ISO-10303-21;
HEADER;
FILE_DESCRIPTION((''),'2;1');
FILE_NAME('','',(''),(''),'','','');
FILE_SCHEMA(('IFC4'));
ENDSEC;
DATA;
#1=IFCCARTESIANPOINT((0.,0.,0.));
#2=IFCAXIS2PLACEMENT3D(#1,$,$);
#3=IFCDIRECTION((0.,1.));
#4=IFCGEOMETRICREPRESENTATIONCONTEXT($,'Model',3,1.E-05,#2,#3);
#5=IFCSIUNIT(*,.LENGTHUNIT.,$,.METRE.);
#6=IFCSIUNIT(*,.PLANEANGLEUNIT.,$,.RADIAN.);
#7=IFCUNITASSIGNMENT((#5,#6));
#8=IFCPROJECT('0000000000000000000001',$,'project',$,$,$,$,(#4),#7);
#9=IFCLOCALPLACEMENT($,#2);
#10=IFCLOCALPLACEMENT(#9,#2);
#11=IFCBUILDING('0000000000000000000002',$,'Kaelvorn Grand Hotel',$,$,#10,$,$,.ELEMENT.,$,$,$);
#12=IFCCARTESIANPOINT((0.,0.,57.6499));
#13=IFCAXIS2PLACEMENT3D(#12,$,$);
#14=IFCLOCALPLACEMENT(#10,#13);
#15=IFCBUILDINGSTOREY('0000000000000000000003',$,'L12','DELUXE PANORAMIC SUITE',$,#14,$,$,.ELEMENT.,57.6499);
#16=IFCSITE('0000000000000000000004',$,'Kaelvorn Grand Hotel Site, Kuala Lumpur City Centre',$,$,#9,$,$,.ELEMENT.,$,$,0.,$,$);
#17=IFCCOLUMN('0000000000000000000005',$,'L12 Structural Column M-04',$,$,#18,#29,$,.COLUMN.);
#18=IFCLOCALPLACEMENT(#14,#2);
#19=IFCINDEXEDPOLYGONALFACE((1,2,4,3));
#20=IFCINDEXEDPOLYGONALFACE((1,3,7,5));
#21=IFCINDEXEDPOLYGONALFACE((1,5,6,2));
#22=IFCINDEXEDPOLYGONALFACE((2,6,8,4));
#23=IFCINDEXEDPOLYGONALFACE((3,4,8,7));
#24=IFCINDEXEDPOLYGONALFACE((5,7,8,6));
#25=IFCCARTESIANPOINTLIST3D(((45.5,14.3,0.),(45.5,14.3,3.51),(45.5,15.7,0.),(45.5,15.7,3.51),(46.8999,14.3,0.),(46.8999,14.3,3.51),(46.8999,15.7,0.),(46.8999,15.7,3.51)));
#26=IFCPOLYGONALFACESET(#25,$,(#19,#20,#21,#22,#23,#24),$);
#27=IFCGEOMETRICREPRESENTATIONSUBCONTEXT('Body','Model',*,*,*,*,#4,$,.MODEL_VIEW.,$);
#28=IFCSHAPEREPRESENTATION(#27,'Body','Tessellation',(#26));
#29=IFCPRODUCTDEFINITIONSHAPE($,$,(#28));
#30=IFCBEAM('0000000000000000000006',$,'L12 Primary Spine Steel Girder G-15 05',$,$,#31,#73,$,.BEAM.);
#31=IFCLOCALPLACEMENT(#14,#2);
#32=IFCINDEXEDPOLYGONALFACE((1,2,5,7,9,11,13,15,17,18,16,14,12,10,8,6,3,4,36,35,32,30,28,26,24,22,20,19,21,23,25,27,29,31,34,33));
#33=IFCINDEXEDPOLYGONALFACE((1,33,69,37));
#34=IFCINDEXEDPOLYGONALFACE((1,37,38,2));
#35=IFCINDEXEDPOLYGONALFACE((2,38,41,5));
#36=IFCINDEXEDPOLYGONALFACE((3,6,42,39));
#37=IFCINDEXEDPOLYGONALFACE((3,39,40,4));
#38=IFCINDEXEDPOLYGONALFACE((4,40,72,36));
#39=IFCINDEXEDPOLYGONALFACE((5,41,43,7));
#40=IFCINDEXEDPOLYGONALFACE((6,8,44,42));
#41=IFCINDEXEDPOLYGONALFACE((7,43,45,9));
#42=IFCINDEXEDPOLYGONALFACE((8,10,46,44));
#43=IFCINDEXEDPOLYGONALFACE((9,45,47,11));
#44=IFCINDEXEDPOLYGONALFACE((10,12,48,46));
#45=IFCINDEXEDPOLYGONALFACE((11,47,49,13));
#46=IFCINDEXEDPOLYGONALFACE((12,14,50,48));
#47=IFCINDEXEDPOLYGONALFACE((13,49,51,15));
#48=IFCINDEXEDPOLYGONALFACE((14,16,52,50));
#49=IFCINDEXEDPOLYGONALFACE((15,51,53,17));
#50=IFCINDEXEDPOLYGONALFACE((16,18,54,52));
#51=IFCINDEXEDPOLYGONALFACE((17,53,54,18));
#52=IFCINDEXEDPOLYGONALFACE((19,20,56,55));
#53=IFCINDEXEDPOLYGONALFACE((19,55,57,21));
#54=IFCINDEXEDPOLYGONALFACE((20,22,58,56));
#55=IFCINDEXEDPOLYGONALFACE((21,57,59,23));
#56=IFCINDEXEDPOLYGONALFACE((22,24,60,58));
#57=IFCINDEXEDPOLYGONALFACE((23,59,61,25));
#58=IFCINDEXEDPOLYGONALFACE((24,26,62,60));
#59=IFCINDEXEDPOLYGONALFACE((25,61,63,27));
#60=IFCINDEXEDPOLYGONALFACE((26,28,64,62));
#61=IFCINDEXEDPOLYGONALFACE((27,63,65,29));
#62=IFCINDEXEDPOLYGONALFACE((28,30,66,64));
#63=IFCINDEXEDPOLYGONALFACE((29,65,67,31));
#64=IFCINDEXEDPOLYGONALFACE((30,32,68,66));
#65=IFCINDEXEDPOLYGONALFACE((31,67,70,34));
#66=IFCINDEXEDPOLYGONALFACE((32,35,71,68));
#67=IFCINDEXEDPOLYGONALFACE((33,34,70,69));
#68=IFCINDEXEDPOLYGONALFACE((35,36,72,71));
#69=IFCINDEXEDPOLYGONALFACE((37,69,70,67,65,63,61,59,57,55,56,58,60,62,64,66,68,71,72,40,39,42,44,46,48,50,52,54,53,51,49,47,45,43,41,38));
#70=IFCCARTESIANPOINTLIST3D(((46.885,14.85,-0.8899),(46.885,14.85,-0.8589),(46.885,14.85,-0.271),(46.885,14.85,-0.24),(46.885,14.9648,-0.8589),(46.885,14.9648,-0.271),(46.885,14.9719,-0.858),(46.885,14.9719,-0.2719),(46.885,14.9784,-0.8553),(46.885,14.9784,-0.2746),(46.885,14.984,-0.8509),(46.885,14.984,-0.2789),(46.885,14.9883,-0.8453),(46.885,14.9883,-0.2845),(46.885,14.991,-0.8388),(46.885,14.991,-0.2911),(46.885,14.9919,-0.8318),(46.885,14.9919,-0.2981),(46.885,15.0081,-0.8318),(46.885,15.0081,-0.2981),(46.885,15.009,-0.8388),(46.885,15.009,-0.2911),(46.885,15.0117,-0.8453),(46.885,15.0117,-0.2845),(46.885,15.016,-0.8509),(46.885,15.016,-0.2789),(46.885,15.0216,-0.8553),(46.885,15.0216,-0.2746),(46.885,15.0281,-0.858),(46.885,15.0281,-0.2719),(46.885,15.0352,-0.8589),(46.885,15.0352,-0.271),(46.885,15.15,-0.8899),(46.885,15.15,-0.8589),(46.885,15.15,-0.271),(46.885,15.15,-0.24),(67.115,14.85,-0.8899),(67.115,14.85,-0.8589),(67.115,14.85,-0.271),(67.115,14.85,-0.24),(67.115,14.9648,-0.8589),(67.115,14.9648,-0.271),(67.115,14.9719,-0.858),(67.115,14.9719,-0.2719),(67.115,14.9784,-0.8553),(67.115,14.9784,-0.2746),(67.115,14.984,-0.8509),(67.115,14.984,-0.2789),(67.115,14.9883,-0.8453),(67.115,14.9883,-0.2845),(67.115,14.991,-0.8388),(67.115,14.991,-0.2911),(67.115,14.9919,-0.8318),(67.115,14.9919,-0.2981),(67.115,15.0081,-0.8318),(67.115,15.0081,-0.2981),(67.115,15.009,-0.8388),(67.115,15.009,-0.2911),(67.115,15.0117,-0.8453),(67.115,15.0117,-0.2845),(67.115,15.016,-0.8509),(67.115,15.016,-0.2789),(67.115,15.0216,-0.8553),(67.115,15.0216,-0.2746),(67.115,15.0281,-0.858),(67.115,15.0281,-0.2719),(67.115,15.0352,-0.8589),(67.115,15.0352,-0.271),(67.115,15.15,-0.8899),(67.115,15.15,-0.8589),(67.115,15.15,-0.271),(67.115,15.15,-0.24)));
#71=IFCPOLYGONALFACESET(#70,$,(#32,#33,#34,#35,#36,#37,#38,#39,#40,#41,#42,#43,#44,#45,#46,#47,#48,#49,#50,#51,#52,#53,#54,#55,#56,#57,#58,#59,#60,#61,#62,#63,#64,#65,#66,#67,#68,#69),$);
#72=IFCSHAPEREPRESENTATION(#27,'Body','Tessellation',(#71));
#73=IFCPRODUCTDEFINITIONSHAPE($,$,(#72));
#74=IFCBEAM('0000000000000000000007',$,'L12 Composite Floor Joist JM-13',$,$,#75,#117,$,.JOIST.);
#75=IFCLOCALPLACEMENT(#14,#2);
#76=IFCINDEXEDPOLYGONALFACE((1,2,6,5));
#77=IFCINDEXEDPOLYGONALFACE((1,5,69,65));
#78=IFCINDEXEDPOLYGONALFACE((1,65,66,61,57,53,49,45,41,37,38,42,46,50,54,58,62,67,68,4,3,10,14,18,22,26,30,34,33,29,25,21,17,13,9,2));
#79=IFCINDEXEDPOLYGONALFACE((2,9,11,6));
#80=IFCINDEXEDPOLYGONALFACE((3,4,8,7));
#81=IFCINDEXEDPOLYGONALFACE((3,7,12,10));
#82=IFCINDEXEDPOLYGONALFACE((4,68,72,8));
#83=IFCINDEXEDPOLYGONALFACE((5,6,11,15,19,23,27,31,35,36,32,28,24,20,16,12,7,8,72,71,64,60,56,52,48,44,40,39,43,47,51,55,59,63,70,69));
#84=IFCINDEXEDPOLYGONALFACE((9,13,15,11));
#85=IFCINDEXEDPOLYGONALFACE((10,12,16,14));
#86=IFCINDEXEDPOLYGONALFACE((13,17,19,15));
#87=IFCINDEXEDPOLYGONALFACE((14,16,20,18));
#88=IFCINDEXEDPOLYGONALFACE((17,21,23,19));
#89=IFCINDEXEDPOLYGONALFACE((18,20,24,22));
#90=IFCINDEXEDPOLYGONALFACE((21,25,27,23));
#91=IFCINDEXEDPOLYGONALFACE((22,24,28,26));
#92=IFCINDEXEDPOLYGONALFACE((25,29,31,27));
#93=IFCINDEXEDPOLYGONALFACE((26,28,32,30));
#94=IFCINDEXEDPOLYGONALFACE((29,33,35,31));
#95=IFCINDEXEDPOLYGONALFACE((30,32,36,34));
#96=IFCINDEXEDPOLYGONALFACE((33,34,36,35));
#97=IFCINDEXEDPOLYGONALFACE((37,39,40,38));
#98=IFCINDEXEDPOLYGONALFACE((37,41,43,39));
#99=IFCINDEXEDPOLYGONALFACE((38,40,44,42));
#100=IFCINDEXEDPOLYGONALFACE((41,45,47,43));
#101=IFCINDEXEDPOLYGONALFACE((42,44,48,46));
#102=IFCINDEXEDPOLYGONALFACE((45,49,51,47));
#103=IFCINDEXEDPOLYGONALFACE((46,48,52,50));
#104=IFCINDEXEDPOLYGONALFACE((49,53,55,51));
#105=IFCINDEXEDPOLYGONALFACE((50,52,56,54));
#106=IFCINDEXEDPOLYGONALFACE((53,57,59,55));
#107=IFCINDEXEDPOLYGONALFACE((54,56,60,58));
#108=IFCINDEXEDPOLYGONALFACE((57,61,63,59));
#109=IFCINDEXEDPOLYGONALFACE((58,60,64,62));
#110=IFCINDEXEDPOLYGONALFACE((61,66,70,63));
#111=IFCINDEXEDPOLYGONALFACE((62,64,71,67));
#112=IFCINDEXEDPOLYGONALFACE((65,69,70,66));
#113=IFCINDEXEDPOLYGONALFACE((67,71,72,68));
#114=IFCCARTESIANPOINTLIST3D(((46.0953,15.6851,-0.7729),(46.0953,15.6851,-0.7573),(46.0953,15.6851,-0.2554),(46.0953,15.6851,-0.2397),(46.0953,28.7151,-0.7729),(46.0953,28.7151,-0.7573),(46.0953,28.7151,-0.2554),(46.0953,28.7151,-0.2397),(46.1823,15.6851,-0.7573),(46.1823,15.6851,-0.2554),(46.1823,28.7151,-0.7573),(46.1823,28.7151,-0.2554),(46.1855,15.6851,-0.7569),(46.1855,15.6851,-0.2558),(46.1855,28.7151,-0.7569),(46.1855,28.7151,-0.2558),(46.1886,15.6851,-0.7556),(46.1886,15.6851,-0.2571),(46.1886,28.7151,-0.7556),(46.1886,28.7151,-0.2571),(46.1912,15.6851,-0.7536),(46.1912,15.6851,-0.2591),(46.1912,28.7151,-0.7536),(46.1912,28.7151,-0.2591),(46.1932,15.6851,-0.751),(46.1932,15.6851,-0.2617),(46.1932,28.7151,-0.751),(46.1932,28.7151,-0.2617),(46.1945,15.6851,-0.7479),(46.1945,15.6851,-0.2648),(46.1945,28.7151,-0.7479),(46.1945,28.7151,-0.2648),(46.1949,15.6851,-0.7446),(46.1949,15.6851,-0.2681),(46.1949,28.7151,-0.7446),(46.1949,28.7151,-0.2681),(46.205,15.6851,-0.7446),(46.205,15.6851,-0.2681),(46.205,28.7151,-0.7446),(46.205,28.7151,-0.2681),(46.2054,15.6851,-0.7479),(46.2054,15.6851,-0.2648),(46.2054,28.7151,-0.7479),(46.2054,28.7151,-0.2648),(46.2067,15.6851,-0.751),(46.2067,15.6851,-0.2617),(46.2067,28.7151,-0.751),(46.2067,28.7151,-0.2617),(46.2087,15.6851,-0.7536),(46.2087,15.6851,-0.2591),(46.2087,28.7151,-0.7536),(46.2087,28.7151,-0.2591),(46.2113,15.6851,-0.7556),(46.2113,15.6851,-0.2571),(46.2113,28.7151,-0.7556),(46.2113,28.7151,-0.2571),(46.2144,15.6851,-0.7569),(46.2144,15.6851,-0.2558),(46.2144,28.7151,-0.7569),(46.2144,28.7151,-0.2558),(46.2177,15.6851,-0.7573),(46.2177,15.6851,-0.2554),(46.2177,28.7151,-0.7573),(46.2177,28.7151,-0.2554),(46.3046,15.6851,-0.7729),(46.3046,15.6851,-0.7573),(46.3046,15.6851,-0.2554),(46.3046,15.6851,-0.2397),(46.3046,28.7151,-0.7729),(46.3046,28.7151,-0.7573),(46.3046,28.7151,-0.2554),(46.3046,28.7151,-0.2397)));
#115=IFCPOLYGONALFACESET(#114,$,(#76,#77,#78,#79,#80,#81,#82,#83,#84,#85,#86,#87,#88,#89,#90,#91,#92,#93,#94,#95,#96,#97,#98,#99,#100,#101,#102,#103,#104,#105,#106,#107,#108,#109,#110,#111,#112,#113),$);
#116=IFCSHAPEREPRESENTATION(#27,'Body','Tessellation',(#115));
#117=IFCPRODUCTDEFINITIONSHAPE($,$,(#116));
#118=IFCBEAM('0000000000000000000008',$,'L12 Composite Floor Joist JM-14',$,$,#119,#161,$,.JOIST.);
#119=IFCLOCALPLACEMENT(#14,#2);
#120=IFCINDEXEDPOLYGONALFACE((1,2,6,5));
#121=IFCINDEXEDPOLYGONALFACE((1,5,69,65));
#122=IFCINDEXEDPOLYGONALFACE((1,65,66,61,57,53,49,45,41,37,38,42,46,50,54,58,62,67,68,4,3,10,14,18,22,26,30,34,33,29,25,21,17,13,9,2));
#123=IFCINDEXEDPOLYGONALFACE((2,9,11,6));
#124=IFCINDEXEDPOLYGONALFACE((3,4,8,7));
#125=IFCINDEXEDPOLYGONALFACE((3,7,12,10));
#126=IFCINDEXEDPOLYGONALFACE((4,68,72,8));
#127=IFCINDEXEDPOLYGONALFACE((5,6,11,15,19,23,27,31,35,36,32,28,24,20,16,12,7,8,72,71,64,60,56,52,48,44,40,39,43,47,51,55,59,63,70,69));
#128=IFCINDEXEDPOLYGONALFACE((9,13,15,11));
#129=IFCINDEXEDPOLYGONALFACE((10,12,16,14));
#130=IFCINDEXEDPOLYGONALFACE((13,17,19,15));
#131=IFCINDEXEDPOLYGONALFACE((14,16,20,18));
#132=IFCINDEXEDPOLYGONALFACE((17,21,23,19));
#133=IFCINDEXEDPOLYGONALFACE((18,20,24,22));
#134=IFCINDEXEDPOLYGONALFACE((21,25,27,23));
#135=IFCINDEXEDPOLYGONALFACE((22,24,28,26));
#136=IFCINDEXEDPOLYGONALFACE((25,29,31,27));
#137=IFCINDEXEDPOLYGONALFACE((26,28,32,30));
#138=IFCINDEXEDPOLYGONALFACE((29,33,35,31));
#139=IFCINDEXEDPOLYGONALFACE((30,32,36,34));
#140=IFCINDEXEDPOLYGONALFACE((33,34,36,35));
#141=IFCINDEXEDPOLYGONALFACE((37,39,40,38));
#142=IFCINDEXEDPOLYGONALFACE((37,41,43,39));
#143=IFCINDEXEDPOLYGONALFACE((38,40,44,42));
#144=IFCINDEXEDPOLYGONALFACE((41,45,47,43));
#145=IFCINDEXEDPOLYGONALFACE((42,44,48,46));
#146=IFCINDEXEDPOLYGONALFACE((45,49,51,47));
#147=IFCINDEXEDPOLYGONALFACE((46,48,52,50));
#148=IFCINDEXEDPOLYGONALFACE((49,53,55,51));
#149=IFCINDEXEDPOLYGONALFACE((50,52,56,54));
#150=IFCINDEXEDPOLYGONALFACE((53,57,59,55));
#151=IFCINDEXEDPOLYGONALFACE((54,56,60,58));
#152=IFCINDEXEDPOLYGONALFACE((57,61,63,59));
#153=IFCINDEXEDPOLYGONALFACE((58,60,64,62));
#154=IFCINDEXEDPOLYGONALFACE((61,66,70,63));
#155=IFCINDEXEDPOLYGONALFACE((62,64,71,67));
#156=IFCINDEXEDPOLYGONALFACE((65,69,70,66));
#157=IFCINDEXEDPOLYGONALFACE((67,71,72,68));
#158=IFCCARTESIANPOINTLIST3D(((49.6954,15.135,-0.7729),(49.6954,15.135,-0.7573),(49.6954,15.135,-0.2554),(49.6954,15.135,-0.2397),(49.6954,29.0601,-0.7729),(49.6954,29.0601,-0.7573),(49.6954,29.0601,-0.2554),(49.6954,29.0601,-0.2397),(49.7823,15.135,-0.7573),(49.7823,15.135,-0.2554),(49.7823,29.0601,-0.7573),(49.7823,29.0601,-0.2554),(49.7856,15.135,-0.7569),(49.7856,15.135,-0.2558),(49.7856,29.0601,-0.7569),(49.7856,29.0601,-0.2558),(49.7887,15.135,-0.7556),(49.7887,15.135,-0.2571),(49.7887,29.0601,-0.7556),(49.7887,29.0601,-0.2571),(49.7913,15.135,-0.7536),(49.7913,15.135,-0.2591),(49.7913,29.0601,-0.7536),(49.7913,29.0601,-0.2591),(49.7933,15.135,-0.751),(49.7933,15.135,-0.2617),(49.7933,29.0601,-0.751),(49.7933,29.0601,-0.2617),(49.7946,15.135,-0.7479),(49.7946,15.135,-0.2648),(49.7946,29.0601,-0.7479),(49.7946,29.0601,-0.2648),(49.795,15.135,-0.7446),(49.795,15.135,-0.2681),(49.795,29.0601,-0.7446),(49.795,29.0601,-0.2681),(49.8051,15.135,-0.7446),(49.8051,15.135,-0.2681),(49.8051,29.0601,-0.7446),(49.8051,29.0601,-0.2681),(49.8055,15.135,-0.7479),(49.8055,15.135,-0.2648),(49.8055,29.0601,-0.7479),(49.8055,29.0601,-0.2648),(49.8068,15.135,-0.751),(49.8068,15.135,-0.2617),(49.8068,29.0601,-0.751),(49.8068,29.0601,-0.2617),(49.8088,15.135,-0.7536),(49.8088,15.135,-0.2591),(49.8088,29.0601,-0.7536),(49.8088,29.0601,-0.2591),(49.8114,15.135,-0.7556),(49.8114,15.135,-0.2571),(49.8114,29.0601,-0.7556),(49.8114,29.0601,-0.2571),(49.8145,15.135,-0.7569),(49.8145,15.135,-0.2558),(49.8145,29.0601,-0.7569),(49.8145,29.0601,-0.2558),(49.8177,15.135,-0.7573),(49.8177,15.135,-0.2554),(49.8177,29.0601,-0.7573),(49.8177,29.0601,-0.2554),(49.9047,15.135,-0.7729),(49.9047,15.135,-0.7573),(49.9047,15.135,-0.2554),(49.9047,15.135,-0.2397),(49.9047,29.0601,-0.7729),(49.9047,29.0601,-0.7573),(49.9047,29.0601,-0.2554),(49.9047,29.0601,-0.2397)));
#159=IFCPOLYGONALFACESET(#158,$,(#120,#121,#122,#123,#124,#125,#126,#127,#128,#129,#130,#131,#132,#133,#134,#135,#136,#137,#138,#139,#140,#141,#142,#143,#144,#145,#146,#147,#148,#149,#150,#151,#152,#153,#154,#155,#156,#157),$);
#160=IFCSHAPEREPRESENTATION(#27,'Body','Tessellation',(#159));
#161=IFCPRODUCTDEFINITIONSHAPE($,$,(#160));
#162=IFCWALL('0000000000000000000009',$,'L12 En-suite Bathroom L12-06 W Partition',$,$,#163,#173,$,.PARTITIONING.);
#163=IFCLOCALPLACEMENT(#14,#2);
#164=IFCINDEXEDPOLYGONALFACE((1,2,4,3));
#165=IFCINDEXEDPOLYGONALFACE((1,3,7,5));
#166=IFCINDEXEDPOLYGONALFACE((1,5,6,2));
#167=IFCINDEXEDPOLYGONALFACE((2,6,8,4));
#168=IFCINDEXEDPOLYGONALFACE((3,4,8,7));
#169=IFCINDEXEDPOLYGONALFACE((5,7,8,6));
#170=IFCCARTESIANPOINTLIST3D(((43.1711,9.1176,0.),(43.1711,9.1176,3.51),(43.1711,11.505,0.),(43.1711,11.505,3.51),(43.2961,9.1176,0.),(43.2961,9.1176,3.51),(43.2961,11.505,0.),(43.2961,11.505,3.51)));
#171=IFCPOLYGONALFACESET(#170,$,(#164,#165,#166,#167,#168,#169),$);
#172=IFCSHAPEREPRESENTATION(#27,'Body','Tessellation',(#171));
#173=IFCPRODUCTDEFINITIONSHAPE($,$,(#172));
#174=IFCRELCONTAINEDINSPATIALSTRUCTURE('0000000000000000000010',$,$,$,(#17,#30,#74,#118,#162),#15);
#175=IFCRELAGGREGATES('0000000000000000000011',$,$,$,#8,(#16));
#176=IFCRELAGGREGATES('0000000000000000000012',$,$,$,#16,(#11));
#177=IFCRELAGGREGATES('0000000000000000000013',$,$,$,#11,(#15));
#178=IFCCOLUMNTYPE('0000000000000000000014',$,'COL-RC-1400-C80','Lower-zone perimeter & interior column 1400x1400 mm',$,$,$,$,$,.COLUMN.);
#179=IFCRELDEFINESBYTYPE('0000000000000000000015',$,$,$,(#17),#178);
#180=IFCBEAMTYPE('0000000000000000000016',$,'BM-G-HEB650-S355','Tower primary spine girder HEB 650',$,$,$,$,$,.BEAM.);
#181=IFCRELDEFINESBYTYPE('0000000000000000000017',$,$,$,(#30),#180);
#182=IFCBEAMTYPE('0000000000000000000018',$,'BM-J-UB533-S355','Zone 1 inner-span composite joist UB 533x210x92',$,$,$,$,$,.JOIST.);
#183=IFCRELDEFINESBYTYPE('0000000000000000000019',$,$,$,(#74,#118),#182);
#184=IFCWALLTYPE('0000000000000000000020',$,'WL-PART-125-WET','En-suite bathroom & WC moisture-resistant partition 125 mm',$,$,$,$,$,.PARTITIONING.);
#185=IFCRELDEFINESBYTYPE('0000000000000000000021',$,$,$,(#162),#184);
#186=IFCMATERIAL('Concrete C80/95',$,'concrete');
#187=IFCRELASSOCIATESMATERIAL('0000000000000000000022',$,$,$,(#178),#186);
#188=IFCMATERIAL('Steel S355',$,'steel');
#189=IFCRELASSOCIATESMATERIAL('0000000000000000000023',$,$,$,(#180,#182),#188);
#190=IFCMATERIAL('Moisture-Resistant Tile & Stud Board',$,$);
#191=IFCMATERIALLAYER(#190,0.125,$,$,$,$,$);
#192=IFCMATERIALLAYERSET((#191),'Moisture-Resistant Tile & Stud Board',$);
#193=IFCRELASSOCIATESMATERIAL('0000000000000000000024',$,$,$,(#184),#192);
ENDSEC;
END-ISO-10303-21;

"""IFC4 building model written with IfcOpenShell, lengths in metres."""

from ifc_helpers import new_model, si_unit, direction, frame, frame_2d, origin, origin_2d, place, context, subcontext, project, spatial, rectangle, i_section, extrude, material, layer, layer_set, material_profile, profile_set, type_object, element, save


model = new_model("IFC4")

# Units and contexts
model_context = context("Model", 3, precision=1e-05, world=origin(), true_north=direction((0.0, 1.0)))
body_context = subcontext(model_context, "Body", "Model", "MODEL_VIEW")
ifc_project = project(units=[si_unit("LENGTHUNIT", "METRE"), si_unit("PLANEANGLEUNIT", "RADIAN")], contexts=[model_context])

# Site, building, storey
site_placement = place(None, origin())
site = spatial("IfcSite", under=ifc_project, at=site_placement, Name="Kaelvorn Grand Hotel Site, Kuala Lumpur City Centre", CompositionType="ELEMENT", RefElevation=0.0)
building_placement = place(site_placement, origin())
building = spatial("IfcBuilding", under=site, at=building_placement, Name="Kaelvorn Grand Hotel", CompositionType="ELEMENT")
storey_placement = place(building_placement, frame((0.0, 0.0, 57.6499)))
storey = spatial("IfcBuildingStorey", under=building, at=storey_placement, Name="L12", Description="DELUXE PANORAMIC SUITE", CompositionType="ELEMENT", Elevation=57.6499)

# Column
ifc_material_1 = material(Name="Concrete C80/95", Category="concrete")
ifc_material_profile_1 = material_profile(ifc_material_1, rectangle(XDim=1.3999, YDim=1.3999, at=origin_2d()), Name="RC COL 1400x1400")
ifc_profile_set_1 = profile_set([ifc_material_profile_1], Name="Concrete C80/95")
column_type = type_object("IfcColumnType", Name="COL-RC-1400-C80", Description="Lower-zone perimeter & interior column 1400x1400 mm", PredefinedType="COLUMN", material=ifc_profile_set_1)
column_placement = place(storey_placement, frame((46.2, 15.0, 0.0), z_axis=(0.0, 0.0, 1.0), x_axis=(1.0, 0.0, 0.0)))
element("IfcColumn", 1, at=column_placement, inside=storey, type_object=column_type, Name="L12 Structural Column M-04", PredefinedType="COLUMN", context=body_context, shape_type="SweptSolid", body=[
    extrude(rectangle(XDim=1.3999, YDim=1.3999, at=origin_2d()), origin(), (0.0, 0.0, 1.0), 3.51),
])

# Beams
ifc_material_2 = material(Name="Steel S355", Category="steel")
ifc_material_profile_2 = material_profile(ifc_material_2, i_section(OverallWidth=0.3, OverallDepth=0.6499, WebThickness=0.0161, FlangeThickness=0.031, FilletRadius=0.0271, at=origin_2d()), Name="HEB 650")
ifc_profile_set_2 = profile_set([ifc_material_profile_2], Name="Steel S355")
beam_type_1 = type_object("IfcBeamType", Name="BM-G-HEB650-S355", Description="Tower primary spine girder HEB 650", PredefinedType="BEAM", material=ifc_profile_set_2)
beam_1_placement = place(storey_placement, frame((46.885, 15.0, -0.5649), z_axis=(1.0, 0.0, 0.0), x_axis=(0.0, 1.0, 0.0)))
element("IfcBeam", 2, at=beam_1_placement, inside=storey, type_object=beam_type_1, Name="L12 Primary Spine Steel Girder G-15 05", PredefinedType="BEAM", context=body_context, shape_type="SweptSolid", body=[
    extrude(i_section(OverallWidth=0.3, OverallDepth=0.6499, WebThickness=0.0161, FlangeThickness=0.031, FilletRadius=0.0271, at=origin_2d()), origin(), (0.0, 0.0, 1.0), 20.23),
])
ifc_material_profile_3 = material_profile(ifc_material_2, i_section(OverallWidth=0.2092, OverallDepth=0.5332, WebThickness=0.01, FlangeThickness=0.0156, FilletRadius=0.0127, at=origin_2d()), Name="UB 533x210x92")
ifc_profile_set_3 = profile_set([ifc_material_profile_3], Name="Steel S355")
beam_type_2 = type_object("IfcBeamType", Name="BM-J-UB533-S355", Description="Zone 1 inner-span composite joist UB 533x210x92", PredefinedType="JOIST", material=ifc_profile_set_3)
beam_2_placement = place(storey_placement, frame((46.2, 15.6851, -0.5063), z_axis=(0.0, 1.0, 0.0), x_axis=(-1.0, 0.0, 0.0)))
element("IfcBeam", 3, at=beam_2_placement, inside=storey, type_object=beam_type_2, Name="L12 Composite Floor Joist JM-13", PredefinedType="JOIST", context=body_context, shape_type="SweptSolid", body=[
    extrude(i_section(OverallWidth=0.2092, OverallDepth=0.5332, WebThickness=0.01, FlangeThickness=0.0156, FilletRadius=0.0127, at=origin_2d()), origin(), (0.0, 0.0, 1.0), 13.03),
])
beam_3_placement = place(storey_placement, frame((49.8, 15.135, -0.5063), z_axis=(0.0, 1.0, 0.0), x_axis=(-1.0, 0.0, 0.0)))
element("IfcBeam", 4, at=beam_3_placement, inside=storey, type_object=beam_type_2, Name="L12 Composite Floor Joist JM-14", PredefinedType="JOIST", context=body_context, shape_type="SweptSolid", body=[
    extrude(i_section(OverallWidth=0.2092, OverallDepth=0.5332, WebThickness=0.01, FlangeThickness=0.0156, FilletRadius=0.0127, at=origin_2d()), origin(), (0.0, 0.0, 1.0), 13.925),
])

# Wall
ifc_material_3 = material(Name="Moisture-Resistant Tile & Stud Board")
ifc_layer_1 = layer(ifc_material_3, 0.125)
ifc_layer_set_1 = layer_set([ifc_layer_1], Name="Moisture-Resistant Tile & Stud Board")
wall_type_1 = type_object("IfcWallType", Name="WL-PART-125-WET", Description="En-suite bathroom & WC moisture-resistant partition 125 mm", PredefinedType="PARTITIONING", material=ifc_layer_set_1)
wall_1_placement = place(storey_placement, frame((43.2336, 9.1174, 0.0), z_axis=(0.0, 0.0, 1.0), x_axis=(0.0, 1.0, 0.0)))
element("IfcWall", 5, at=wall_1_placement, inside=storey, type_object=wall_type_1, Name="L12 En-suite Bathroom L12-06 W Partition", PredefinedType="PARTITIONING", context=body_context, shape_type="SweptSolid", body=[
    extrude(rectangle(XDim=2.3875, YDim=0.125, at=frame_2d((1.1938, 0.0))), origin(), (0.0, 0.0, 1.0), 3.51),
])

save(model, "model.ifc")
